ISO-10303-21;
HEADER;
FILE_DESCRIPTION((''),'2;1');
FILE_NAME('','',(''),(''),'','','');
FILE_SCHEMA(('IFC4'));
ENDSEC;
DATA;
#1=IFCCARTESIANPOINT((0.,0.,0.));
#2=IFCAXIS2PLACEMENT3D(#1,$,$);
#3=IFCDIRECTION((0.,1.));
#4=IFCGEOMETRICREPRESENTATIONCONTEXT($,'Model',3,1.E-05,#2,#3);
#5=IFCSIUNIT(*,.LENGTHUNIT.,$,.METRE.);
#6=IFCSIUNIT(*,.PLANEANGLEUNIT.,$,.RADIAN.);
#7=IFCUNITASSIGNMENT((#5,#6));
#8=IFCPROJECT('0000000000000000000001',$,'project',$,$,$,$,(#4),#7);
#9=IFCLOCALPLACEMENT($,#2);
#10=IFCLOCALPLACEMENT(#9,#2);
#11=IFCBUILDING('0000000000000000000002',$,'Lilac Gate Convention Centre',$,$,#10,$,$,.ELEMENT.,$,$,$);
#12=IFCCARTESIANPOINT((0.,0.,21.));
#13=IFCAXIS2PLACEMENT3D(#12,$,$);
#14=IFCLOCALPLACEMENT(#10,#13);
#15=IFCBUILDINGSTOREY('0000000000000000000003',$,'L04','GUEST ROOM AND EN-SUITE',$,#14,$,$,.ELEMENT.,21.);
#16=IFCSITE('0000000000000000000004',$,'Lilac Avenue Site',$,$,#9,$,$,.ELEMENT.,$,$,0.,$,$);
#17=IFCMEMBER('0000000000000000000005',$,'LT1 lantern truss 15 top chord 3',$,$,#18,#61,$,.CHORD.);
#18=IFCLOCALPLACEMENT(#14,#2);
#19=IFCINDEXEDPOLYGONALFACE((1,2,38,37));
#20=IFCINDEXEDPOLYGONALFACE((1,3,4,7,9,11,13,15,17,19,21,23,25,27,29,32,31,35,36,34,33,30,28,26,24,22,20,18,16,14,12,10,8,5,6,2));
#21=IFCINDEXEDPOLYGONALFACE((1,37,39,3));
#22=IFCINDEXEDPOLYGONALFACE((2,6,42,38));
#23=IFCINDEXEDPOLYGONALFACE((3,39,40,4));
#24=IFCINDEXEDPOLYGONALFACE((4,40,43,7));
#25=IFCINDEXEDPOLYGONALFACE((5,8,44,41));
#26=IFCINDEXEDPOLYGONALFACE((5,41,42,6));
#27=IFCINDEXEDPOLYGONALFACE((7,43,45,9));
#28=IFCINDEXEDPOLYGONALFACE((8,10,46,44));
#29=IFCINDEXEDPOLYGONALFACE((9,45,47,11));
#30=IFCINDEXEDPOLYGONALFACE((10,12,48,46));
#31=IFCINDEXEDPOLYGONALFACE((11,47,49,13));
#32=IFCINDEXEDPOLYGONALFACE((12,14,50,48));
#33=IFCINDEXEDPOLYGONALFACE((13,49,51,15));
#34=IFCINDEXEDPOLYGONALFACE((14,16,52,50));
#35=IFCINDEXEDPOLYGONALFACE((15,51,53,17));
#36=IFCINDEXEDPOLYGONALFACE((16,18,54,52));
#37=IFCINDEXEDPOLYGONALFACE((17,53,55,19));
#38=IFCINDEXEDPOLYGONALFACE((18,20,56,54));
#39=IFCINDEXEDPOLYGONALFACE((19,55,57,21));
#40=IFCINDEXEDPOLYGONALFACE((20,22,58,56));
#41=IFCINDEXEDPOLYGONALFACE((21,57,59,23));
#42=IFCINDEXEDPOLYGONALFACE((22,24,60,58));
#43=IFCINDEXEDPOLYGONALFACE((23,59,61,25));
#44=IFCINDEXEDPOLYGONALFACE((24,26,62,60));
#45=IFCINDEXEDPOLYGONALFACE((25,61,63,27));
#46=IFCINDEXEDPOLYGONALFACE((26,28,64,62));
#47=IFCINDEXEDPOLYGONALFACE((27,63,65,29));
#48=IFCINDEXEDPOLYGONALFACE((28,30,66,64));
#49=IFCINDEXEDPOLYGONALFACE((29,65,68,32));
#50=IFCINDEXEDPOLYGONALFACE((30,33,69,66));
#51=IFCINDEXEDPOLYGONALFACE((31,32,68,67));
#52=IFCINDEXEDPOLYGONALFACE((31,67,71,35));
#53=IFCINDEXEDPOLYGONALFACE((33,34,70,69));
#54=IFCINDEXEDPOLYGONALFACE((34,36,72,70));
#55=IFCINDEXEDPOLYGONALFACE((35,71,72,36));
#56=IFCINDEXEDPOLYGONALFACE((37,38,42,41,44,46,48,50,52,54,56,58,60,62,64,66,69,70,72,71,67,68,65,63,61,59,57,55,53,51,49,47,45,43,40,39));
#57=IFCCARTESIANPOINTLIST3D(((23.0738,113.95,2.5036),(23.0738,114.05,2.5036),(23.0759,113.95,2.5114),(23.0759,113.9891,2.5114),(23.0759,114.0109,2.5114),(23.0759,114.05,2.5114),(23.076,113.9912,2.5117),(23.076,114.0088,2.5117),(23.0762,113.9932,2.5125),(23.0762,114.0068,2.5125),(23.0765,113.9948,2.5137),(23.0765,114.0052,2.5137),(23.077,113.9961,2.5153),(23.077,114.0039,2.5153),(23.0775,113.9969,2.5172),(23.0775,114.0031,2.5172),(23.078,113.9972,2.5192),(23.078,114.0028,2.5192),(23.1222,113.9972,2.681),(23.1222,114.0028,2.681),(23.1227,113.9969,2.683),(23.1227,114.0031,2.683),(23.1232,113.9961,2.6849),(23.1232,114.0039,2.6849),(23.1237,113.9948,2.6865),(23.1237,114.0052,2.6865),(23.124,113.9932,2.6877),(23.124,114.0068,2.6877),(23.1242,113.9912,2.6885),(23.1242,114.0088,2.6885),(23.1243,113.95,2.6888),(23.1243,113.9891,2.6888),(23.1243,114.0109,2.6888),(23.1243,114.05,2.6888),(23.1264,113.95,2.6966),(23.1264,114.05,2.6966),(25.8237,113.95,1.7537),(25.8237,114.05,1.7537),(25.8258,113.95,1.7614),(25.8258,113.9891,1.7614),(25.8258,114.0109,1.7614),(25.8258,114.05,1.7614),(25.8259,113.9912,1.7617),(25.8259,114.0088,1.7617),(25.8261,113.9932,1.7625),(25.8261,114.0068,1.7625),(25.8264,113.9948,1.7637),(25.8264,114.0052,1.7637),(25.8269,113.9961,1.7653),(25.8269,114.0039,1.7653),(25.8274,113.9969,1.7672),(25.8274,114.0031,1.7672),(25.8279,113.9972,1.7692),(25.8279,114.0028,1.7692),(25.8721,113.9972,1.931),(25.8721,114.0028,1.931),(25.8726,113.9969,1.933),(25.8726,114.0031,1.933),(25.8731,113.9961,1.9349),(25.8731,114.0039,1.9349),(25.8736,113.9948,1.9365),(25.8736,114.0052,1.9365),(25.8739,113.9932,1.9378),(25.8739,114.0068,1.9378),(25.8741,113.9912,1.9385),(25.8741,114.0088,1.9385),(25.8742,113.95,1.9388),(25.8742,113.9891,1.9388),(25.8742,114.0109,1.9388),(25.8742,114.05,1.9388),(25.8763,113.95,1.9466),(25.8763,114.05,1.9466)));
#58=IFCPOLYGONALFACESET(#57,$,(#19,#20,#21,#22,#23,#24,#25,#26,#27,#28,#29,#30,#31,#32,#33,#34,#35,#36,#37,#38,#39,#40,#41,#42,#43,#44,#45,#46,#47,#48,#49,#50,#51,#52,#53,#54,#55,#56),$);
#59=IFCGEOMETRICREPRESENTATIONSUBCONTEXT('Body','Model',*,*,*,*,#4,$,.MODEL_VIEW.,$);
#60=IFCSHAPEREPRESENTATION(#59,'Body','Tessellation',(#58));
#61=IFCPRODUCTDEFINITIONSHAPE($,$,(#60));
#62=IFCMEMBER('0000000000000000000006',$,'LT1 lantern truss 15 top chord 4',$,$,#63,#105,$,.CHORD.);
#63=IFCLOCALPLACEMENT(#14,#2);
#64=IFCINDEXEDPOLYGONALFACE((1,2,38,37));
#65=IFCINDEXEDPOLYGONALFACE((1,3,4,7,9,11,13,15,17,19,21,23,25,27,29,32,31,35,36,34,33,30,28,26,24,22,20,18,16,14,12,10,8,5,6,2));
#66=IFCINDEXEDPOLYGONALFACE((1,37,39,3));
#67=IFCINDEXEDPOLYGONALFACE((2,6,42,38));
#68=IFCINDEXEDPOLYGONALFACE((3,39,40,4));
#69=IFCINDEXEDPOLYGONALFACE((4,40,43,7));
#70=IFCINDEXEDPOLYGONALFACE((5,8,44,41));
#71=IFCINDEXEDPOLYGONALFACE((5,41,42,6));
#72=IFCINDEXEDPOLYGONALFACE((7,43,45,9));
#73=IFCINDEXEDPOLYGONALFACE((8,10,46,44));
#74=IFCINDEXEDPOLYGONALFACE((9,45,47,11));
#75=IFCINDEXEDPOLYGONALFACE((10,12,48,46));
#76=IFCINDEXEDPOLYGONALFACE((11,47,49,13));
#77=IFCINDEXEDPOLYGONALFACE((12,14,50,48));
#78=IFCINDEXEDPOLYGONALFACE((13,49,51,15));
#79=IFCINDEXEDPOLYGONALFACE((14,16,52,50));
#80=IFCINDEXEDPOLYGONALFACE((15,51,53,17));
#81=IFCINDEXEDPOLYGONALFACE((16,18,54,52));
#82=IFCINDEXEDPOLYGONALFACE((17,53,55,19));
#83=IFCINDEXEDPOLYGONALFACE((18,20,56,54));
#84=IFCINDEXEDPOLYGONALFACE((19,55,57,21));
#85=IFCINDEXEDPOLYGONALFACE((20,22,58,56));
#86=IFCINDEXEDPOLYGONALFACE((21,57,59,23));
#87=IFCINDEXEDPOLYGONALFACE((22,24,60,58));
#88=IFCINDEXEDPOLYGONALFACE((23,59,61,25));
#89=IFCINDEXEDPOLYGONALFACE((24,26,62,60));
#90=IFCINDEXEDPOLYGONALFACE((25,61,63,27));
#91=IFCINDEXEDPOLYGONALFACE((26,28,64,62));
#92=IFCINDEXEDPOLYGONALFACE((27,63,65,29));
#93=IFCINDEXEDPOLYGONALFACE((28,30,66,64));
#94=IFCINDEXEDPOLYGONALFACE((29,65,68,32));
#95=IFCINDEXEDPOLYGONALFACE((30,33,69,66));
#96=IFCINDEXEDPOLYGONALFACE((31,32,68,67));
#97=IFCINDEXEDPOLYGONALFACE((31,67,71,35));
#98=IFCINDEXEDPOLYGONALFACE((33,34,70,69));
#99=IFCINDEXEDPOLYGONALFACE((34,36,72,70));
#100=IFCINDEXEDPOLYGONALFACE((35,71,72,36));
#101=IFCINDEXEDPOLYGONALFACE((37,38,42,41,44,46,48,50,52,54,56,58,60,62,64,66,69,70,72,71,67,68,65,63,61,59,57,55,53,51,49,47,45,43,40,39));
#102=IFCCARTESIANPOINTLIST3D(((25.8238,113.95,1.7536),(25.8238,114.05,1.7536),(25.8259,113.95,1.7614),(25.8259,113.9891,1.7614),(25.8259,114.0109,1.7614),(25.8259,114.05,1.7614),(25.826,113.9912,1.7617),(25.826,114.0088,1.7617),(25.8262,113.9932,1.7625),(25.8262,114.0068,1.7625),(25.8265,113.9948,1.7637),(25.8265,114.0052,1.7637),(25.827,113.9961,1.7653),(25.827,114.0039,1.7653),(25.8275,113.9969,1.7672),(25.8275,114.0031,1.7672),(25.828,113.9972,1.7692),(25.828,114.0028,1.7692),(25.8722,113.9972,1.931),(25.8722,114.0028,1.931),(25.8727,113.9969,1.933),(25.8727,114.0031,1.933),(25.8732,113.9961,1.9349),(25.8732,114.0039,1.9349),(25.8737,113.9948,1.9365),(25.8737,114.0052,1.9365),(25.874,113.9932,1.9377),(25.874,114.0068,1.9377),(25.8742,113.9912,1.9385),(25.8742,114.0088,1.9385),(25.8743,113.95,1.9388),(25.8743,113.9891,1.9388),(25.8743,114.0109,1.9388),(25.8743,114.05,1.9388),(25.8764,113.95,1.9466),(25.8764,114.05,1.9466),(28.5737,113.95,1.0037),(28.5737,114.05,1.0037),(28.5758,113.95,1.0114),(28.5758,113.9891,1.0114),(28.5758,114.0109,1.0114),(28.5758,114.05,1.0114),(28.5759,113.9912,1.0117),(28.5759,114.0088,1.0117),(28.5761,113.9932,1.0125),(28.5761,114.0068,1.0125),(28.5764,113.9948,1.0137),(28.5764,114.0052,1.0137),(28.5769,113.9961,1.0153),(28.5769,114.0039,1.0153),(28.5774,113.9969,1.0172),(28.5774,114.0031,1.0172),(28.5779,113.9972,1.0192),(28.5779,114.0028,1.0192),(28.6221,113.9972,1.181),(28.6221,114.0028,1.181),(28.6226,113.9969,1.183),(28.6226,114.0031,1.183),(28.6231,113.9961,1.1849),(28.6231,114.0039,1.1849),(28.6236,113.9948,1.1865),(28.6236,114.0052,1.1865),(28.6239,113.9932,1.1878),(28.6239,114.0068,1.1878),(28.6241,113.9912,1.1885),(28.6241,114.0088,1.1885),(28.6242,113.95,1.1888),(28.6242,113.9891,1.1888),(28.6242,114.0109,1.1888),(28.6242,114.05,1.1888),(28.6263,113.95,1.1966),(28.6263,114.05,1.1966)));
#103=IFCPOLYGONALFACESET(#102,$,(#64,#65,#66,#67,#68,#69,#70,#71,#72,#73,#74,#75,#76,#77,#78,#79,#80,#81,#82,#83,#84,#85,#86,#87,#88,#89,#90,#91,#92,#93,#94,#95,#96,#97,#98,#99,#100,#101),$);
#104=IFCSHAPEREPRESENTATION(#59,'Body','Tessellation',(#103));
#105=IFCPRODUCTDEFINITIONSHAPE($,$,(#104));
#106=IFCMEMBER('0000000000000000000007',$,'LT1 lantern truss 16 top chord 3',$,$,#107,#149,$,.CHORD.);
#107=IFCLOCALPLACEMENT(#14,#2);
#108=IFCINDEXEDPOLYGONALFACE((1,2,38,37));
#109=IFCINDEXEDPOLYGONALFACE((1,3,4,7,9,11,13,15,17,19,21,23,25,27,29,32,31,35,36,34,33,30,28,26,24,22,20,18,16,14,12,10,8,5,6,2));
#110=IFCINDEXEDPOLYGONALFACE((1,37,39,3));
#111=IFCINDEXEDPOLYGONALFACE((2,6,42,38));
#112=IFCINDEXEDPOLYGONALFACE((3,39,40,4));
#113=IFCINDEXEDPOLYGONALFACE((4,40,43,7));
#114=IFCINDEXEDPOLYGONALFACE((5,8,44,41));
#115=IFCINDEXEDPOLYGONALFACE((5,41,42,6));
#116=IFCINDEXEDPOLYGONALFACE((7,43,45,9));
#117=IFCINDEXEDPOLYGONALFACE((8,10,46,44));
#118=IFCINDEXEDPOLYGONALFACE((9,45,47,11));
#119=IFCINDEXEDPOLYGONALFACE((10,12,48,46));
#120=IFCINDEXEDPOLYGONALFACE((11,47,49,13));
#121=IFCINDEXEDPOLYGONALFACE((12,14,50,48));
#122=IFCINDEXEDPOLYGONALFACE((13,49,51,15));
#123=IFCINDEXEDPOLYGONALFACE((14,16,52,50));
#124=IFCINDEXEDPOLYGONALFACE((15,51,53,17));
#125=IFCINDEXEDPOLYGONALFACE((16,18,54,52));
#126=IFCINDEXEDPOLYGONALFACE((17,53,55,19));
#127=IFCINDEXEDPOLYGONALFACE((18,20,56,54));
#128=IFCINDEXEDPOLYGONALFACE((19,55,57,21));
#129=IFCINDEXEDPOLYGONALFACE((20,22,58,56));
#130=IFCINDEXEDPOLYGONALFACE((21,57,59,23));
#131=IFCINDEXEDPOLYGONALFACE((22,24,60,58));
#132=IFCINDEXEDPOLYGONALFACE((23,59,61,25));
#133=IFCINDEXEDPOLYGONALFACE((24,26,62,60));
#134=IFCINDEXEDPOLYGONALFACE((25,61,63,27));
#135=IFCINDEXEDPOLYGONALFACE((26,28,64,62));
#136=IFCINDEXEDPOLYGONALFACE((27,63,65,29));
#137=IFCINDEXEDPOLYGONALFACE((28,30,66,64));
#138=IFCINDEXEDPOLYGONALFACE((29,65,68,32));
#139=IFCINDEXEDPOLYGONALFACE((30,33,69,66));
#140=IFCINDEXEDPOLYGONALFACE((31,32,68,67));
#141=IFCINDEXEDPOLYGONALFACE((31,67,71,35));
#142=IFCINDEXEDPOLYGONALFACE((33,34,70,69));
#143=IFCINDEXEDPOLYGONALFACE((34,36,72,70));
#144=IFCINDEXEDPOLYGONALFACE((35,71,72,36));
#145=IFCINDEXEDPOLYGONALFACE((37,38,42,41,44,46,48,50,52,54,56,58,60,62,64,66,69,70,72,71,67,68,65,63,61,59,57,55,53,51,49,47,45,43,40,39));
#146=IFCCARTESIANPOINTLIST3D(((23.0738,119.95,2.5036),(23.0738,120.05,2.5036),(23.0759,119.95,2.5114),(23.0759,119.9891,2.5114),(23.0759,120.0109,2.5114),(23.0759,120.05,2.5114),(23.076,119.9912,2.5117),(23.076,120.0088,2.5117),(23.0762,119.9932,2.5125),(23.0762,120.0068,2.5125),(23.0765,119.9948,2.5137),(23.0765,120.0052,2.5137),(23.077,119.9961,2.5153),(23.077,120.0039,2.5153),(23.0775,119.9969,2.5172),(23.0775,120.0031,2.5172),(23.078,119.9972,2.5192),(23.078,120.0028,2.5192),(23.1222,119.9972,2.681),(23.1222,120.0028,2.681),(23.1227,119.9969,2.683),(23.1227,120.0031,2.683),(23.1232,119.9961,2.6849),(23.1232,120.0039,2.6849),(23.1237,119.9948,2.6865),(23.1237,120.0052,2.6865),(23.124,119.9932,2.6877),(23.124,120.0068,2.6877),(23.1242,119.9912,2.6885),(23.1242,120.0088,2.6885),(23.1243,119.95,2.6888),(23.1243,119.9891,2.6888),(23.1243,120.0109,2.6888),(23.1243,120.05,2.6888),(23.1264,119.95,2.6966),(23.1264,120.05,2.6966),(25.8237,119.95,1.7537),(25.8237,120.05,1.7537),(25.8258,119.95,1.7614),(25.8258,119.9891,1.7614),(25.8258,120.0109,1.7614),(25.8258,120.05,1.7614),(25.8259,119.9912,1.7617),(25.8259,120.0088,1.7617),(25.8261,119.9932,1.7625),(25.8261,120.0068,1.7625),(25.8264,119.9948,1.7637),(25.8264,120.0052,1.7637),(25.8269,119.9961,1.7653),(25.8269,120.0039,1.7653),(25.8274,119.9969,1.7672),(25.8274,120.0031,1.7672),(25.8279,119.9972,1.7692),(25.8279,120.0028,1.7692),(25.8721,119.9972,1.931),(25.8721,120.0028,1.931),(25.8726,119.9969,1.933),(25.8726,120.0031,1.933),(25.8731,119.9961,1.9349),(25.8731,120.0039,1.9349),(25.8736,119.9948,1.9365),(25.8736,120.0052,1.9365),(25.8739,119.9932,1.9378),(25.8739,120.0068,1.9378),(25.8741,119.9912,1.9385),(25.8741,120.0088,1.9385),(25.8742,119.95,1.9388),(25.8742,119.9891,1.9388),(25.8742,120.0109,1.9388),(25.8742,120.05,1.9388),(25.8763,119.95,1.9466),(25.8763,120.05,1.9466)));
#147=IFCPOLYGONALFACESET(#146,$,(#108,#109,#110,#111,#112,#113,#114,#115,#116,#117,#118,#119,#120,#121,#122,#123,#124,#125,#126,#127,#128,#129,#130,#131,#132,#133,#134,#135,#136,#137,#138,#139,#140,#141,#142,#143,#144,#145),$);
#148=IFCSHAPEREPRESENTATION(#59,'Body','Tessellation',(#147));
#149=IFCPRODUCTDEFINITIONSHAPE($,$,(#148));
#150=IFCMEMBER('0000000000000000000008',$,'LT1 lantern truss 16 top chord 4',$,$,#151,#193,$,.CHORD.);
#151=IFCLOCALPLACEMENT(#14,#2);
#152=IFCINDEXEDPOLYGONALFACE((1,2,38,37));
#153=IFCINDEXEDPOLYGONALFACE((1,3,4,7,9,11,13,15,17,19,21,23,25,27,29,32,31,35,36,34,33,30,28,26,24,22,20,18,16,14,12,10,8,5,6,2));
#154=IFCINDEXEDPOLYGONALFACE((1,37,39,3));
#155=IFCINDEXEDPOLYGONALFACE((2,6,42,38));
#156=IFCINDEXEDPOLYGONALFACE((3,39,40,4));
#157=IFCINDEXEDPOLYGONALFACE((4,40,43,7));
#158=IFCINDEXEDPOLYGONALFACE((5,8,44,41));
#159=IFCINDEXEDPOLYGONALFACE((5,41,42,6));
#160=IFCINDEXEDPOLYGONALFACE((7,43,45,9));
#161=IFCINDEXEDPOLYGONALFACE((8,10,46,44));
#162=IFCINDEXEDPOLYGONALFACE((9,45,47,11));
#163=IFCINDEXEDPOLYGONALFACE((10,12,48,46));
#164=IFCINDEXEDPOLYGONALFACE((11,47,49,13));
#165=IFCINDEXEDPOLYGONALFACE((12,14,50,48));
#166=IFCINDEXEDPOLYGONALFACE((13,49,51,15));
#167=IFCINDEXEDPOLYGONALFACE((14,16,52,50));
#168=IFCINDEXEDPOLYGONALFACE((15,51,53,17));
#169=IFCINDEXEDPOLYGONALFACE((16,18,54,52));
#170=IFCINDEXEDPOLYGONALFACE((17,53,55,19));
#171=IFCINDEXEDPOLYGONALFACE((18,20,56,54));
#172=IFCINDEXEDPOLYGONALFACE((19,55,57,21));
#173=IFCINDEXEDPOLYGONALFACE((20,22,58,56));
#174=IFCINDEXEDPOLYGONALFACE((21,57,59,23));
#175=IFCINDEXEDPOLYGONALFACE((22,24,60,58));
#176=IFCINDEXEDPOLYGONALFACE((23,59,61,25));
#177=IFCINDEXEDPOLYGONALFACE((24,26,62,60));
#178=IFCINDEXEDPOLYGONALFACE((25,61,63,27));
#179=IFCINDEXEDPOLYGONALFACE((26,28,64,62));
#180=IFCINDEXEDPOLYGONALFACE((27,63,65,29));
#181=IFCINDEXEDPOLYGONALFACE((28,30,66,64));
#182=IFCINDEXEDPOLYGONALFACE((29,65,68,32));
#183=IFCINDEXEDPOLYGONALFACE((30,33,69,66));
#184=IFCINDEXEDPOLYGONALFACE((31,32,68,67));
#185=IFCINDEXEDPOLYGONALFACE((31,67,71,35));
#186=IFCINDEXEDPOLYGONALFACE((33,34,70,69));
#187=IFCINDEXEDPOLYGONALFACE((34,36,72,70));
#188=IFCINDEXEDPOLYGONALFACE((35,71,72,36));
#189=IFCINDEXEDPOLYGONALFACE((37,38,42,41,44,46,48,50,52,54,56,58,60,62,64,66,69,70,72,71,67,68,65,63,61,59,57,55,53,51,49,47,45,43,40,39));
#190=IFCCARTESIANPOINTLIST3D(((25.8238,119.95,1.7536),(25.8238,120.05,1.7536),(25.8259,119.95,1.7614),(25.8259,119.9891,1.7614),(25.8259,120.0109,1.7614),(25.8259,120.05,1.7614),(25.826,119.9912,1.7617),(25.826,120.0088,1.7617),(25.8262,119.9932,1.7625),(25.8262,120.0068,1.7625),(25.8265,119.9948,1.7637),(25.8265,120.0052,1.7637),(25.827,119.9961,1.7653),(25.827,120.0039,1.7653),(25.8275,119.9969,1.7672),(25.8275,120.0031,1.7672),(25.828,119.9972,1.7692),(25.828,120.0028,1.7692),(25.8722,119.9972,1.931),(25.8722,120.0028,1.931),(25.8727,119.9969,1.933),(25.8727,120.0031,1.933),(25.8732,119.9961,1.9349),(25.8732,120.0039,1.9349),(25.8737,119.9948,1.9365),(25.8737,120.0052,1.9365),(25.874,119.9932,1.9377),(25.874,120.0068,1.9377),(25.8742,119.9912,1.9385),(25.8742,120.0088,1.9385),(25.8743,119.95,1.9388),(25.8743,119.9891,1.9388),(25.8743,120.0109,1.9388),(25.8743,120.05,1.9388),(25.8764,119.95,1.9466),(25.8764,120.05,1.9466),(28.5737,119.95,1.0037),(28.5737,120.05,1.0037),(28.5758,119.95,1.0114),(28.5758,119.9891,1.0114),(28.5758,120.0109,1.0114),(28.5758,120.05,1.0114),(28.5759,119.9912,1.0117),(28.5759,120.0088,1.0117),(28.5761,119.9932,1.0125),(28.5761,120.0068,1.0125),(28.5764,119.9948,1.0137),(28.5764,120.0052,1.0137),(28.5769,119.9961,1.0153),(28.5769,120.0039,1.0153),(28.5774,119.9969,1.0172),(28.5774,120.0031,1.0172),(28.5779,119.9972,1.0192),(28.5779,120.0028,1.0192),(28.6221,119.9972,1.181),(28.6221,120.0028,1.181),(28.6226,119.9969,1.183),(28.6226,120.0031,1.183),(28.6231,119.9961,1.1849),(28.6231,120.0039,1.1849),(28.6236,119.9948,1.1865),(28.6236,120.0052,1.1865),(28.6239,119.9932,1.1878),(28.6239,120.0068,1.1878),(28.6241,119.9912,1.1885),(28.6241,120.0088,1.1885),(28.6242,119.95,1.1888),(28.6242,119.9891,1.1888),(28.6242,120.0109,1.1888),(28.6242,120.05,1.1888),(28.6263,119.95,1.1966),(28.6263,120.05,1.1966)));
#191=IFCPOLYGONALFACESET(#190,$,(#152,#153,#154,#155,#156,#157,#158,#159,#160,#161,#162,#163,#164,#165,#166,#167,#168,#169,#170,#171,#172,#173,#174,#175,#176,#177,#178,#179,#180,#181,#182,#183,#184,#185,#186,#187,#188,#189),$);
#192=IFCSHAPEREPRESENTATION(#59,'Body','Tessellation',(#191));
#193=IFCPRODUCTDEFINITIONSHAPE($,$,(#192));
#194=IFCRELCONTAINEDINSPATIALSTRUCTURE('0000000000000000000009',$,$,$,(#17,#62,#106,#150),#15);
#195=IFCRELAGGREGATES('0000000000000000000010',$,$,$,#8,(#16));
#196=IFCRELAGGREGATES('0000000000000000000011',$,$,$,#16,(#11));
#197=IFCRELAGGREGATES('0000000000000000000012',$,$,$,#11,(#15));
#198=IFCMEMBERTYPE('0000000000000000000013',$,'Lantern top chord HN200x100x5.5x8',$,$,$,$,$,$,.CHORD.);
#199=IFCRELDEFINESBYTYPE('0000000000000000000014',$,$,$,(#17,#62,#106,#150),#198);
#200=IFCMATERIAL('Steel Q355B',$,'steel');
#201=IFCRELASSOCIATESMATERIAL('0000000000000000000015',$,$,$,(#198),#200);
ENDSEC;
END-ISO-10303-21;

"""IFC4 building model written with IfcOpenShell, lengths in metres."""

from ifc_helpers import new_model, si_unit, direction, frame, origin, origin_2d, place, context, subcontext, project, spatial, i_section, extrude, material, material_profile, profile_set, type_object, element, save


model = new_model("IFC4")

# Units and contexts
model_context = context("Model", 3, precision=1e-05, world=origin(), true_north=direction((0.0, 1.0)))
body_context = subcontext(model_context, "Body", "Model", "MODEL_VIEW")
ifc_project = project(units=[si_unit("LENGTHUNIT", "METRE"), si_unit("PLANEANGLEUNIT", "RADIAN")], contexts=[model_context])

# Site, building, storey
site_placement = place(None, origin())
site = spatial("IfcSite", under=ifc_project, at=site_placement, Name="Lilac Avenue Site", CompositionType="ELEMENT", RefElevation=0.0)
building_placement = place(site_placement, origin())
building = spatial("IfcBuilding", under=site, at=building_placement, Name="Lilac Gate Convention Centre", CompositionType="ELEMENT")
storey_placement = place(building_placement, frame((0.0, 0.0, 21.0)))
storey = spatial("IfcBuildingStorey", under=building, at=storey_placement, Name="L04", Description="GUEST ROOM AND EN-SUITE", CompositionType="ELEMENT", Elevation=21.0)

# Members
ifc_material_1 = material(Name="Steel Q355B", Category="steel")
ifc_material_profile_1 = material_profile(ifc_material_1, i_section(OverallWidth=0.1001, OverallDepth=0.2, WebThickness=0.0056, FlangeThickness=0.0081, FilletRadius=0.0081, at=origin_2d()), Name="HN200x100x5.5x8")
ifc_profile_set_1 = profile_set([ifc_material_profile_1], Name="Steel Q355B")
member_type_1 = type_object("IfcMemberType", Name="Lantern top chord HN200x100x5.5x8", PredefinedType="CHORD", material=ifc_profile_set_1)
for number, where, z_axis, x_axis, name in (
    (1, (23.1001, 114.0, 2.6001), (0.964764, 0.0, -0.263117), (0.0, 1.0, 0.0), "LT1 lantern truss 15 top chord 3"),
    (2, (25.8501, 114.0, 1.8501), (0.964764, 0.0, -0.263117), (0.0, 1.0, 0.0), "LT1 lantern truss 15 top chord 4"),
    (3, (23.1001, 120.0, 2.6001), (0.964764, 0.0, -0.263117), (0.0, 1.0, 0.0), "LT1 lantern truss 16 top chord 3"),
    (4, (25.8501, 120.0, 1.8501), (0.964764, 0.0, -0.263117), (0.0, 1.0, 0.0), "LT1 lantern truss 16 top chord 4"),
):
    element("IfcMember", number, at=place(storey_placement, frame(where, z_axis=z_axis, x_axis=x_axis)), inside=storey, type_object=member_type_1, Name=name, PredefinedType="CHORD", context=body_context, shape_type="SweptSolid", body=[
        extrude(i_section(OverallWidth=0.1001, OverallDepth=0.2, WebThickness=0.0056, FlangeThickness=0.0081, FilletRadius=0.0081, at=origin_2d()), origin(), (0.0, 0.0, 1.0), 2.8503),
    ])

save(model, "model.ifc")
